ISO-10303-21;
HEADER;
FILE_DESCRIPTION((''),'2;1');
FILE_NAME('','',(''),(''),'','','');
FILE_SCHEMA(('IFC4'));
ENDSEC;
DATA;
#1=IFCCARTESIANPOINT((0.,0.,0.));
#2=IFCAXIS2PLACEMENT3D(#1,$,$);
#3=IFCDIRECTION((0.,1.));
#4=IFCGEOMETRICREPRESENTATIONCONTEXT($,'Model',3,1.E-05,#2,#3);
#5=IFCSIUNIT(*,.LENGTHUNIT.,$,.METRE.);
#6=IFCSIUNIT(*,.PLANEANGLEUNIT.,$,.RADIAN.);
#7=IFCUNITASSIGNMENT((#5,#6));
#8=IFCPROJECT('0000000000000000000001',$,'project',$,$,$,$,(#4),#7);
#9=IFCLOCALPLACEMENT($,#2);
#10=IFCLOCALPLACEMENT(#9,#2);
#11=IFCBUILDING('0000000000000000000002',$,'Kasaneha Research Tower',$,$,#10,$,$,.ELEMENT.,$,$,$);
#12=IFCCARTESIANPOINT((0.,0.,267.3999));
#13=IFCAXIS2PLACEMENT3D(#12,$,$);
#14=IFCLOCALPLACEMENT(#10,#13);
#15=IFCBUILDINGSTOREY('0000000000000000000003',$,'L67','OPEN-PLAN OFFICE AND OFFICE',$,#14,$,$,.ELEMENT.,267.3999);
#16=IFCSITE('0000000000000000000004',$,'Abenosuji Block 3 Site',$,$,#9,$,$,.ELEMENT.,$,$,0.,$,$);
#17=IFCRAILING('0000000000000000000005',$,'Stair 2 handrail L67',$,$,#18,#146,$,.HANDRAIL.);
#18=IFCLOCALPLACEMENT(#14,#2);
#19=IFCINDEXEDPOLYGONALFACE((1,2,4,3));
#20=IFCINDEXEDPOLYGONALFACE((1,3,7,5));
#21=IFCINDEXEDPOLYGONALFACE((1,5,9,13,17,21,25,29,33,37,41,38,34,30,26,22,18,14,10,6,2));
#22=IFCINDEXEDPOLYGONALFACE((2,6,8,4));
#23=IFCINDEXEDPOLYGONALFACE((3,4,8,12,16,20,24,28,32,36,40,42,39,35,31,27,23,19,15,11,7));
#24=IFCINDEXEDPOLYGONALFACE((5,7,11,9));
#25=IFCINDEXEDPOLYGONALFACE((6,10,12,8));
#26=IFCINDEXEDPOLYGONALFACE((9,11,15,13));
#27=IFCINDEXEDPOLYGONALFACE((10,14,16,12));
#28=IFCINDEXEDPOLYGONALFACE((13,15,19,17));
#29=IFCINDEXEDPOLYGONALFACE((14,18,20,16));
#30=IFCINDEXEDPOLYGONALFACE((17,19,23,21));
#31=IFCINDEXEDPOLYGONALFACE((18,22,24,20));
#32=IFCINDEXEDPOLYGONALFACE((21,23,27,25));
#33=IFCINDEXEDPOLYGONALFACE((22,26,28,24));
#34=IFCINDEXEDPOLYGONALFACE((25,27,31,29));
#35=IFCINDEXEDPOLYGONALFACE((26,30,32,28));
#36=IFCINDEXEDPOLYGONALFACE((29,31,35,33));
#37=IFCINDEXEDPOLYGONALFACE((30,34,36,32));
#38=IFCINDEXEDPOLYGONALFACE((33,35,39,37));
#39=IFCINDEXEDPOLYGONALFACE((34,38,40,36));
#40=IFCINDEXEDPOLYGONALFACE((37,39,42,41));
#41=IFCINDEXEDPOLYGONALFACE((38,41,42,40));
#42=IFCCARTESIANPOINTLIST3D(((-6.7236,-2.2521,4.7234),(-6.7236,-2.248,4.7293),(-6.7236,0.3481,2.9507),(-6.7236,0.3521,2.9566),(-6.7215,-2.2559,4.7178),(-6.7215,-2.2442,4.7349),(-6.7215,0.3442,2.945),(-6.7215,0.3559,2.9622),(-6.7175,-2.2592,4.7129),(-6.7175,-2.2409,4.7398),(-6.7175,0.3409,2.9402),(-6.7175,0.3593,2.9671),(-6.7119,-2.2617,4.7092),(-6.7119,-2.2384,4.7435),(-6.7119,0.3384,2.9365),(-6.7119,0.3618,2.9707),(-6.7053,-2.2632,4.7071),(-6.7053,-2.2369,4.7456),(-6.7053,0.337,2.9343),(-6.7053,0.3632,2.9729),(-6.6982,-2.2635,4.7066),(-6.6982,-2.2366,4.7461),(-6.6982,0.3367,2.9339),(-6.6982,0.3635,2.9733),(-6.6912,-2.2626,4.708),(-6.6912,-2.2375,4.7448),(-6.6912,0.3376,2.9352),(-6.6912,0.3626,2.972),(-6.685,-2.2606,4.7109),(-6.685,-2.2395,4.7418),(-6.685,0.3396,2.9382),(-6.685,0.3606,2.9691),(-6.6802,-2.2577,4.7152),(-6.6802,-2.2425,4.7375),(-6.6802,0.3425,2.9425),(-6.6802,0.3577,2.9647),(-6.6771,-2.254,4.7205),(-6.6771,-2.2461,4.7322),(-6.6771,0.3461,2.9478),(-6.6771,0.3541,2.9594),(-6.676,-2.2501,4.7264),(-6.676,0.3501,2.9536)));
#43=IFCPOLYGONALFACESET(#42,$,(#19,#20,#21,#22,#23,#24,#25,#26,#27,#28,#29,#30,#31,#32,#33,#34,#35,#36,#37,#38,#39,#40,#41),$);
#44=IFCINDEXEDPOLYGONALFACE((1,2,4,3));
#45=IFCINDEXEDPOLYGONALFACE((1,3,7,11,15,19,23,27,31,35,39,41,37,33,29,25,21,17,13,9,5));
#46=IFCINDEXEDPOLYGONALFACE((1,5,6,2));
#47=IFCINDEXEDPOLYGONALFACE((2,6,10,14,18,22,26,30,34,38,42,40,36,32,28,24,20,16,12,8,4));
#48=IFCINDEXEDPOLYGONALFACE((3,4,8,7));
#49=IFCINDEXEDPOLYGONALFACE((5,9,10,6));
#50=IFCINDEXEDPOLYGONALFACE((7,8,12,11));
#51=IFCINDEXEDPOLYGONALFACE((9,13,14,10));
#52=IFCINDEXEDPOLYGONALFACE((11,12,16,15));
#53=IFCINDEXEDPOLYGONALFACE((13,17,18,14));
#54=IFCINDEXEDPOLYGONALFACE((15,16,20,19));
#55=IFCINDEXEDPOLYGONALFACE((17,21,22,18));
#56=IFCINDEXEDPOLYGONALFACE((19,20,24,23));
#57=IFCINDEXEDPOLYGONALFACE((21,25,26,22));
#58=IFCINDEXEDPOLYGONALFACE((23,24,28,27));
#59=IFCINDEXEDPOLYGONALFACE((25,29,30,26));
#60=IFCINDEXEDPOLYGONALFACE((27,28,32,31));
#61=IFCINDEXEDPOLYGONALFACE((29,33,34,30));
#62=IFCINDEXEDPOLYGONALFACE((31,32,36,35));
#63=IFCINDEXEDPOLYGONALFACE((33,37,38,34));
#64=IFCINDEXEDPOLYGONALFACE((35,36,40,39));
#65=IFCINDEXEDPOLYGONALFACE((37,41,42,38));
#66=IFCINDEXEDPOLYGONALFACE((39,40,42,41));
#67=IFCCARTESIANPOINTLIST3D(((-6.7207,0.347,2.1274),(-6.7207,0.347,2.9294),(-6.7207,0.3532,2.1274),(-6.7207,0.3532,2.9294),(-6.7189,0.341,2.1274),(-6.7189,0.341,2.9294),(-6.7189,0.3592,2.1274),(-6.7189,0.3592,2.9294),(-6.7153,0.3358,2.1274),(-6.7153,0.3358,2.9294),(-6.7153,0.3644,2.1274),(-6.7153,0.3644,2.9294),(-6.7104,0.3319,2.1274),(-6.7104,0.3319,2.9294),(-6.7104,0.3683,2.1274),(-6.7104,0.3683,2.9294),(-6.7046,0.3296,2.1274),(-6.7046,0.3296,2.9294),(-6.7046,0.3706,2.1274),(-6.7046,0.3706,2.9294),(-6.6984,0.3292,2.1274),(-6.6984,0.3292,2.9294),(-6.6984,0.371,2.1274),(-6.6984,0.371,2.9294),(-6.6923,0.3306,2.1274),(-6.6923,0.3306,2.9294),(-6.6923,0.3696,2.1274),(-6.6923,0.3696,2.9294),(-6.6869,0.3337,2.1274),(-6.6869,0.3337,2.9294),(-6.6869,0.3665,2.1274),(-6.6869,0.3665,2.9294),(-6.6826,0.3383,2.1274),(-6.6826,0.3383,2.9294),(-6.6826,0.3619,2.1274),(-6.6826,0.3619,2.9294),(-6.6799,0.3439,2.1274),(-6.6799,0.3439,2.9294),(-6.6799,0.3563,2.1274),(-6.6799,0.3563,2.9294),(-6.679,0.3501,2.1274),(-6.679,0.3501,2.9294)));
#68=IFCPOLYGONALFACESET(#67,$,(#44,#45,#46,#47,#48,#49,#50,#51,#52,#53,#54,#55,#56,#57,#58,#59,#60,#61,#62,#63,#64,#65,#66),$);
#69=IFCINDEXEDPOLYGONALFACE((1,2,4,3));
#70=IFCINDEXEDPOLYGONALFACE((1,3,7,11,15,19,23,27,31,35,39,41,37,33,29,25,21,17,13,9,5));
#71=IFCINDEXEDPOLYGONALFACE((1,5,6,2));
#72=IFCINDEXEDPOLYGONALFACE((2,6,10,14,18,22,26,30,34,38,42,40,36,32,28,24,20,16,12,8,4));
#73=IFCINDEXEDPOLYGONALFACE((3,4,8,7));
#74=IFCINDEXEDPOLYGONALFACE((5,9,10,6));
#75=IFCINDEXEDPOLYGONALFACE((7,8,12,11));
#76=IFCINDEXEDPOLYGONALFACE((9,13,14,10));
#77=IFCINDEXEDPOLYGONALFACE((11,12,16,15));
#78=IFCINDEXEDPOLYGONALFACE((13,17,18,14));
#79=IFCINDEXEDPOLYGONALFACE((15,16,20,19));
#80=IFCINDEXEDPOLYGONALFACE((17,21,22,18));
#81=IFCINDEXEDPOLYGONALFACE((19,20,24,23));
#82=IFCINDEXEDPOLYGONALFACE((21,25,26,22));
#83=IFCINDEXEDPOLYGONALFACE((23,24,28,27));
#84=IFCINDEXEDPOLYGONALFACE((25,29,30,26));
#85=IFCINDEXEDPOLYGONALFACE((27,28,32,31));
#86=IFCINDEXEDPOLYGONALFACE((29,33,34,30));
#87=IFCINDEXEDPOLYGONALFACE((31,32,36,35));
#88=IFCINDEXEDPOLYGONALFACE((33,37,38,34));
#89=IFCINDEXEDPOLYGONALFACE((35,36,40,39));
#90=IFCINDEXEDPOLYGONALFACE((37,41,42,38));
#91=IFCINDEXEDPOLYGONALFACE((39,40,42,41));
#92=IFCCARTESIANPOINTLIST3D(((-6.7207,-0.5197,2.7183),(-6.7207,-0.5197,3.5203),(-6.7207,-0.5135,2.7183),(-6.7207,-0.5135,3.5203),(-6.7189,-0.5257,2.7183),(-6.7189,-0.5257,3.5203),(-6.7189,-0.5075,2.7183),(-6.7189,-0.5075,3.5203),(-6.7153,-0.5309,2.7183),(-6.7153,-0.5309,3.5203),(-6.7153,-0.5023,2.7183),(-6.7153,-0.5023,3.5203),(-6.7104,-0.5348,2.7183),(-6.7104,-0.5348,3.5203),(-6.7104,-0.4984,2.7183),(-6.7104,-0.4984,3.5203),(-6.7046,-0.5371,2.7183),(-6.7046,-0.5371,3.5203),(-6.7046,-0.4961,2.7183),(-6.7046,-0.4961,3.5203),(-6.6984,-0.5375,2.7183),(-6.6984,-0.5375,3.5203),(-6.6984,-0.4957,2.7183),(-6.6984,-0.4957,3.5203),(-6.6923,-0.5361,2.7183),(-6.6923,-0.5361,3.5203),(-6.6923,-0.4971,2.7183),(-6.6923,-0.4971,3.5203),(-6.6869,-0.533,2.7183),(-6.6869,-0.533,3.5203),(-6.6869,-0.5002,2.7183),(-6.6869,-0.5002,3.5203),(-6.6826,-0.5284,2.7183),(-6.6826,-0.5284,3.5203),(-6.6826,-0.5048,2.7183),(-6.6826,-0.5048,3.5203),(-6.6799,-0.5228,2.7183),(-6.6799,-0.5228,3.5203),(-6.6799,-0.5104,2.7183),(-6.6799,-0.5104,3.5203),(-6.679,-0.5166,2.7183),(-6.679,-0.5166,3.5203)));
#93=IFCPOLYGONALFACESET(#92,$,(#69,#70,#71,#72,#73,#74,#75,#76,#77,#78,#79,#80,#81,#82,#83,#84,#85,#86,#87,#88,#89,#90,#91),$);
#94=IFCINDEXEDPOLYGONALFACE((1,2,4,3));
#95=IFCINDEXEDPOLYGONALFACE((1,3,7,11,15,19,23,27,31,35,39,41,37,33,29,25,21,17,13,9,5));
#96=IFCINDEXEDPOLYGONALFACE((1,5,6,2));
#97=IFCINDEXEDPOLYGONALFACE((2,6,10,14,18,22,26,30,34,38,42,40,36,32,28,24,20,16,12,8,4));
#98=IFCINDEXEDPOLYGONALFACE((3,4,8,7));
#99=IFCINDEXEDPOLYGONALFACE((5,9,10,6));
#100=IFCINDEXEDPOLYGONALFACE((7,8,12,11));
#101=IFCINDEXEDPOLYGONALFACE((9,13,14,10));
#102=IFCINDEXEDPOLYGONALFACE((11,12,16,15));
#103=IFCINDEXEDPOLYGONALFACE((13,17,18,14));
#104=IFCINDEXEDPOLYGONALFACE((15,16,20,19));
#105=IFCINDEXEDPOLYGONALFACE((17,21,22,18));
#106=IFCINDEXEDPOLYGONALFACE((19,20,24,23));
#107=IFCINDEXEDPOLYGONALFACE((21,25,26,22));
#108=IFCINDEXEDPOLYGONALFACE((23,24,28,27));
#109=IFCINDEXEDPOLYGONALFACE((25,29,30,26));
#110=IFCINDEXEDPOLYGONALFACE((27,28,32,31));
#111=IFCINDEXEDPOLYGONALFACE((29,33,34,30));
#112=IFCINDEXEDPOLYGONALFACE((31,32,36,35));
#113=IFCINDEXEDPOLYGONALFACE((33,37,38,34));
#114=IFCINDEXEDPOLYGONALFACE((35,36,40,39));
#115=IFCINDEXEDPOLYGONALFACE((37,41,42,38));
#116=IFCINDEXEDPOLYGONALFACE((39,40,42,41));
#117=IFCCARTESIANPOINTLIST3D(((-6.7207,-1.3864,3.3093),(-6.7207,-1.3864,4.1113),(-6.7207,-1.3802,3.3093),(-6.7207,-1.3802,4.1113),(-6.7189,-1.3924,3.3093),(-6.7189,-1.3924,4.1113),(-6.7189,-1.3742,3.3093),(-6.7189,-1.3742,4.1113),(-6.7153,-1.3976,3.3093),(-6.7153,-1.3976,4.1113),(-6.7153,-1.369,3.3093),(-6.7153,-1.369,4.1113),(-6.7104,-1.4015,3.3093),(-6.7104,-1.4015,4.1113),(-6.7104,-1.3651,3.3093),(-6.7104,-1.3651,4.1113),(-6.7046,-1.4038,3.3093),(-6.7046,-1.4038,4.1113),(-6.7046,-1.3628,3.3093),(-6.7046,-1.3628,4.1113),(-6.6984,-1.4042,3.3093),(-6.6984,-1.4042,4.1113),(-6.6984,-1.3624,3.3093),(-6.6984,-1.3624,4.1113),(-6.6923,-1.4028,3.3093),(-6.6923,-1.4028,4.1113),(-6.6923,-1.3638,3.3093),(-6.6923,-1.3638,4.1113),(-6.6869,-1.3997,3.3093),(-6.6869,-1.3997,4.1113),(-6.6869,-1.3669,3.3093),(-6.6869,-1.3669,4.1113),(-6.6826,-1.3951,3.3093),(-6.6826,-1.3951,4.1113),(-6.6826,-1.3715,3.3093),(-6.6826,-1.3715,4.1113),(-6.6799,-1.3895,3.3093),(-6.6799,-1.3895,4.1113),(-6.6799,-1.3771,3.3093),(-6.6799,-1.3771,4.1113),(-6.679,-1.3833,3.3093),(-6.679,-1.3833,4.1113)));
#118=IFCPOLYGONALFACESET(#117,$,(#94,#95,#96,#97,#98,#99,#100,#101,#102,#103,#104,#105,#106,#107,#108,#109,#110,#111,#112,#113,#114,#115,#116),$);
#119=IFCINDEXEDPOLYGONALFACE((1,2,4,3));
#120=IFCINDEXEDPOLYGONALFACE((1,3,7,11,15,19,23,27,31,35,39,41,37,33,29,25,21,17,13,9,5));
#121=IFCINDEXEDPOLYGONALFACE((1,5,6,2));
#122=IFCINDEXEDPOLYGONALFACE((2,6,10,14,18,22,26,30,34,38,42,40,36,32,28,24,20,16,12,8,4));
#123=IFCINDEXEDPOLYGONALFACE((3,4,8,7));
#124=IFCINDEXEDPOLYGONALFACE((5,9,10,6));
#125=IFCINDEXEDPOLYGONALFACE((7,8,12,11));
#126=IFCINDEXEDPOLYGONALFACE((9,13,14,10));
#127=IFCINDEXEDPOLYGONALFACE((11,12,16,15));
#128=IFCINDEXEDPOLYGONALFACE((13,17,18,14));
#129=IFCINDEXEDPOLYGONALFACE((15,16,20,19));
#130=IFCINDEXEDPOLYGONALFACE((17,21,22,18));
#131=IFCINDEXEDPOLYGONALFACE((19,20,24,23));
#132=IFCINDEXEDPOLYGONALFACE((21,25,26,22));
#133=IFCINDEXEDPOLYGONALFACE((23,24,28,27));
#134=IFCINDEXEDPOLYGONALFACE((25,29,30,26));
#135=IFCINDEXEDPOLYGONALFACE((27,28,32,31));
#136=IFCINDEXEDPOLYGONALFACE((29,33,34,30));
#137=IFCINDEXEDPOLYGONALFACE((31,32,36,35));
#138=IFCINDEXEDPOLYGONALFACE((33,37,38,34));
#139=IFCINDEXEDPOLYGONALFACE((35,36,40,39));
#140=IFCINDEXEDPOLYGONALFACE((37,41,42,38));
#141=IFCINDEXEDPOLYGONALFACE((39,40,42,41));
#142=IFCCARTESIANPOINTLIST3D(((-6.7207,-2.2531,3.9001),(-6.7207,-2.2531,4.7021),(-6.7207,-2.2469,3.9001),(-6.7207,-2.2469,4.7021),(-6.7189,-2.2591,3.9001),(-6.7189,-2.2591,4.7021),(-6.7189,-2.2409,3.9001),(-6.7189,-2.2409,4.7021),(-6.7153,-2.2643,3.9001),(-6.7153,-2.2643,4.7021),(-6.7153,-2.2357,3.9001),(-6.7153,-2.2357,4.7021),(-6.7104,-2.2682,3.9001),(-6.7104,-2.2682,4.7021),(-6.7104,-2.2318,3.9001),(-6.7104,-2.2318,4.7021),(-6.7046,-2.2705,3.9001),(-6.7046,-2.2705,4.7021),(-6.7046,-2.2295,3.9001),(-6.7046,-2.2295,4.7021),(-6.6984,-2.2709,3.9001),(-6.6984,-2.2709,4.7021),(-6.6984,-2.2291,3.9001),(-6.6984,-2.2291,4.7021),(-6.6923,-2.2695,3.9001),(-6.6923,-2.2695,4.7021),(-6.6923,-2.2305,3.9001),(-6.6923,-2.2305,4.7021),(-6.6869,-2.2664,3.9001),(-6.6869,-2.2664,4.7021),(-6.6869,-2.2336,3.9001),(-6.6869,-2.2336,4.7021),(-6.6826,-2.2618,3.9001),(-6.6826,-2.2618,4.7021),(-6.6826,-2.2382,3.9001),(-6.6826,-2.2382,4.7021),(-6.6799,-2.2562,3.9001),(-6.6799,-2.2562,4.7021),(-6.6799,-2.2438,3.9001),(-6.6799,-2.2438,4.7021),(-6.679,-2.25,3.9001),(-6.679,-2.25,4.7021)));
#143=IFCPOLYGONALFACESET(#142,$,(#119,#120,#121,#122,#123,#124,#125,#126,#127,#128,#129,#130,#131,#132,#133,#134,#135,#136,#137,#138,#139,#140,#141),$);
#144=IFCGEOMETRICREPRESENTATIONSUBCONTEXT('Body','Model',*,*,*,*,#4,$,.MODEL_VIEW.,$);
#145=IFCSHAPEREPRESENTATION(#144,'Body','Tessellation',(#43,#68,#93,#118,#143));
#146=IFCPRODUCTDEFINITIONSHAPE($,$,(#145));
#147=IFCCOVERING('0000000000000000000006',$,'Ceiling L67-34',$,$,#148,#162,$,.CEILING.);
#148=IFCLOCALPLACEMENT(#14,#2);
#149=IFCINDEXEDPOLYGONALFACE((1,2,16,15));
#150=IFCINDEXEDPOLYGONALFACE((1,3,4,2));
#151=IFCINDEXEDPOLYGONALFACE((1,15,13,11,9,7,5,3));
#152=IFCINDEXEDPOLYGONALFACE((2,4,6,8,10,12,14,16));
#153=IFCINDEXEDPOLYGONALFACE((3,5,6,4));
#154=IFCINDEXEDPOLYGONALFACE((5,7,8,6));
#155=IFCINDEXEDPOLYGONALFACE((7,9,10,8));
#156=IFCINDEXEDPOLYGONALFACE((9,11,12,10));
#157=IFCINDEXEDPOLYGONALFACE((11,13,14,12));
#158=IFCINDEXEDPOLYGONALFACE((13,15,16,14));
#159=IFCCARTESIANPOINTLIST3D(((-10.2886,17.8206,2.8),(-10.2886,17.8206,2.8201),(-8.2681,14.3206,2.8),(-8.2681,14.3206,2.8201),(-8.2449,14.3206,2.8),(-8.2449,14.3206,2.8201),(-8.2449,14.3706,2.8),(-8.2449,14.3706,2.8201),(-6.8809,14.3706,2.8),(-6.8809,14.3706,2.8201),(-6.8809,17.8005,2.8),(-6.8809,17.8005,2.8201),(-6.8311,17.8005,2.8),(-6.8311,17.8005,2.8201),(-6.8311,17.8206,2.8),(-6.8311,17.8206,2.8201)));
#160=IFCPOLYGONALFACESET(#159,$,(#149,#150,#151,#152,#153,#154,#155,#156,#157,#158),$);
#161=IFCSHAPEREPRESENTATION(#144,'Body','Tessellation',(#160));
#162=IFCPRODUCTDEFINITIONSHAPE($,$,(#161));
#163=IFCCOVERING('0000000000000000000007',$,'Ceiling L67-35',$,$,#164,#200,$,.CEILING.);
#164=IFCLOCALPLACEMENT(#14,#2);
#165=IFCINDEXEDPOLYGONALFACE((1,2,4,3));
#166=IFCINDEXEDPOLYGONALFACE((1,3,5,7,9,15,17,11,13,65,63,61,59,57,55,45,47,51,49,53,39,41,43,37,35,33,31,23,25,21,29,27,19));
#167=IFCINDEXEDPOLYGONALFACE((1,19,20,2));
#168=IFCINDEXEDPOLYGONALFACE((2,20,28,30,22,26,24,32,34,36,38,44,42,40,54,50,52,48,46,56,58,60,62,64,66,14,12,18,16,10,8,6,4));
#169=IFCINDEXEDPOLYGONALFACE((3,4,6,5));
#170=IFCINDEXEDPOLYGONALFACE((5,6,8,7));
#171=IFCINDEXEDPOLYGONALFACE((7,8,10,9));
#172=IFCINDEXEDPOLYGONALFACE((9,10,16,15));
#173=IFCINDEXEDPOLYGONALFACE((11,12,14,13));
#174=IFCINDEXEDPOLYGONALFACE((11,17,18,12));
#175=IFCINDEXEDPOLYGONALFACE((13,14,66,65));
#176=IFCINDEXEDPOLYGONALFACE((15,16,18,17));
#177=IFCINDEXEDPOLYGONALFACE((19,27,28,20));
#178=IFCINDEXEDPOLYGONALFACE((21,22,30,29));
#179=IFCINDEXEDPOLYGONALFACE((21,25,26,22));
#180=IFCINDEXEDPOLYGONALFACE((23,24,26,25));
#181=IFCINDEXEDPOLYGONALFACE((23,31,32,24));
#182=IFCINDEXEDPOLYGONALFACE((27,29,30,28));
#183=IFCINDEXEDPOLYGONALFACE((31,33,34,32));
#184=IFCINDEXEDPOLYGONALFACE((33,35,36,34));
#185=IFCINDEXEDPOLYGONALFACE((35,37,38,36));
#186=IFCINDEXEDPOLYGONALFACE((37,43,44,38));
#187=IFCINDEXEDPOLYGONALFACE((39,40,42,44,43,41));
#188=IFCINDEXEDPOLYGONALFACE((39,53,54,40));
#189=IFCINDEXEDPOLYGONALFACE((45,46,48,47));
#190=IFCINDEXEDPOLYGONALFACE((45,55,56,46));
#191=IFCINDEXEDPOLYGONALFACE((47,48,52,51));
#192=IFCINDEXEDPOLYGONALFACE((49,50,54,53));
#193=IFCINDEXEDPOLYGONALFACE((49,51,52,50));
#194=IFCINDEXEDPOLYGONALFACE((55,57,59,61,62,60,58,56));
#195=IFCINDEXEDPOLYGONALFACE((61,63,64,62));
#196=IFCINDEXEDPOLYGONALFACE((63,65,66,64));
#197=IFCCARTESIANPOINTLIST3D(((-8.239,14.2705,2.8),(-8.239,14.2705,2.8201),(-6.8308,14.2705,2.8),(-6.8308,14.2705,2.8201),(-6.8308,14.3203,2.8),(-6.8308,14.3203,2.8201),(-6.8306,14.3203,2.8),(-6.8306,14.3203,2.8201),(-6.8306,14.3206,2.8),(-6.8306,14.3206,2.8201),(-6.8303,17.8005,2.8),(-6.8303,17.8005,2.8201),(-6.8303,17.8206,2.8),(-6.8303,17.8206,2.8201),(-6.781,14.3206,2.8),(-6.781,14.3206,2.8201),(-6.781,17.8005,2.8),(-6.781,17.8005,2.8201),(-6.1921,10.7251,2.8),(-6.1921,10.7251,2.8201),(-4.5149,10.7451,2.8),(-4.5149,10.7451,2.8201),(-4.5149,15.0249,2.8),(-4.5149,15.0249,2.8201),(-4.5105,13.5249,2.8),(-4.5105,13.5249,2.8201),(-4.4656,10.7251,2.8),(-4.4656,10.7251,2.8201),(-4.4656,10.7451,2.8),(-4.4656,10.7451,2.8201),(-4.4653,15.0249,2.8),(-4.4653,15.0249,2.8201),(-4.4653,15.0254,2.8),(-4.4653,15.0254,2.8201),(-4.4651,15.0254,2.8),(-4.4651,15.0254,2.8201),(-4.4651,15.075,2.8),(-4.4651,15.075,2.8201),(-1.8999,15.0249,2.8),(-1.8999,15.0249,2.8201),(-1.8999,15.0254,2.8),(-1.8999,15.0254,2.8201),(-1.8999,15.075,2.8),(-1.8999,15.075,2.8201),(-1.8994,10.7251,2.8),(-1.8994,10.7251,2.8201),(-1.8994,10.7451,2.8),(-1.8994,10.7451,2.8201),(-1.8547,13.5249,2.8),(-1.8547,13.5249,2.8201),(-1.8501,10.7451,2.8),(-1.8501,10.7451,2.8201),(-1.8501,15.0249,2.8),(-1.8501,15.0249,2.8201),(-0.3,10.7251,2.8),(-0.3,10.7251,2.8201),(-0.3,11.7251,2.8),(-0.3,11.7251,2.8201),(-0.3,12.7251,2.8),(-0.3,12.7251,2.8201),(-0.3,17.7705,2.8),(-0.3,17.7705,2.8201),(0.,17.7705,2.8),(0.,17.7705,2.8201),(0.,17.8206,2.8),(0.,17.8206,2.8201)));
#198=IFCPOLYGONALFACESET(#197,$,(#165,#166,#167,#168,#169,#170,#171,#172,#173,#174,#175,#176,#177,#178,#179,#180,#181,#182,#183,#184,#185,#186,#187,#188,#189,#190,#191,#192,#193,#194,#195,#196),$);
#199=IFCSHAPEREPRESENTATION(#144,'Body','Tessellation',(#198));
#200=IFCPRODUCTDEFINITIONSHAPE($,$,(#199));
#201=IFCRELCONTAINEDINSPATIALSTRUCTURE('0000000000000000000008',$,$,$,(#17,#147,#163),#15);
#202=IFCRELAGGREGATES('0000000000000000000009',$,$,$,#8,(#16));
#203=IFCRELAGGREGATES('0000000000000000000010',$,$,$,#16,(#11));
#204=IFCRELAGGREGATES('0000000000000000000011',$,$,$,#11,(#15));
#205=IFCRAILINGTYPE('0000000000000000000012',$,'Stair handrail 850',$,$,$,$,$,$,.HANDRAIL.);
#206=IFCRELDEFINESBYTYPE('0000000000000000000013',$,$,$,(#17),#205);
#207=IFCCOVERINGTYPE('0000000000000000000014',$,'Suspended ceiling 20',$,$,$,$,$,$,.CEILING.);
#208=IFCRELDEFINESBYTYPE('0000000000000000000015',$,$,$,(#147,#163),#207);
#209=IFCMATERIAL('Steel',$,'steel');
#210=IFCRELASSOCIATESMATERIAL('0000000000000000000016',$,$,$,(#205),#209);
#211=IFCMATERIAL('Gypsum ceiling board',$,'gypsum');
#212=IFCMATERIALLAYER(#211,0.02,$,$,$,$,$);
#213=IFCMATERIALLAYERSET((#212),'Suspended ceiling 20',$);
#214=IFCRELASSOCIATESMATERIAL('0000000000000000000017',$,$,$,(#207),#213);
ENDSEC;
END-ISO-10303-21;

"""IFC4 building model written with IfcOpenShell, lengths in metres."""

from ifc_helpers import new_model, si_unit, direction, frame, origin, origin_2d, place, context, subcontext, project, spatial, polyline, circle, outline, extrude, material, layer, layer_set, type_object, element, save


model = new_model("IFC4")

# Units and contexts
model_context = context("Model", 3, precision=1e-05, world=origin(), true_north=direction((0.0, 1.0)))
body_context = subcontext(model_context, "Body", "Model", "MODEL_VIEW")
ifc_project = project(units=[si_unit("LENGTHUNIT", "METRE"), si_unit("PLANEANGLEUNIT", "RADIAN")], contexts=[model_context])

# Site, building, storey
site_placement = place(None, origin())
site = spatial("IfcSite", under=ifc_project, at=site_placement, Name="Abenosuji Block 3 Site", CompositionType="ELEMENT", RefElevation=0.0)
building_placement = place(site_placement, origin())
building = spatial("IfcBuilding", under=site, at=building_placement, Name="Kasaneha Research Tower", CompositionType="ELEMENT")
storey_placement = place(building_placement, frame((0.0, 0.0, 267.3999)))
storey = spatial("IfcBuildingStorey", under=building, at=storey_placement, Name="L67", Description="OPEN-PLAN OFFICE AND OFFICE", CompositionType="ELEMENT", Elevation=267.3999)

# Railing
ifc_material_1 = material(Name="Steel", Category="steel")
railing_type = type_object("IfcRailingType", Name="Stair handrail 850", PredefinedType="HANDRAIL", material=ifc_material_1)
railing_placement = place(storey_placement, frame((-6.7, 0.3501, 2.1274)))
element("IfcRailing", 1, at=railing_placement, inside=storey, type_object=railing_type, Name="Stair 2 handrail L67", PredefinedType="HANDRAIL", context=body_context, shape_type="SweptSolid", body=[
    extrude(circle(Radius=0.0239, at=origin_2d()), frame((0.0, 0.0, 0.8262), z_axis=(0.0, -0.82624, 0.563318), x_axis=(1.0, 0.0, 0.0)), (0.0, 0.0, 1.0), 3.147),
    extrude(circle(Radius=0.021, at=origin_2d()), origin(), (0.0, 0.0, 1.0), 0.802),
    extrude(circle(Radius=0.021, at=origin_2d()), frame((0.0, -0.8667, 0.5908)), (0.0, 0.0, 1.0), 0.802),
    extrude(circle(Radius=0.021, at=origin_2d()), frame((0.0, -1.7334, 1.1819)), (0.0, 0.0, 1.0), 0.802),
    extrude(circle(Radius=0.021, at=origin_2d()), frame((0.0, -2.6001, 1.7727)), (0.0, 0.0, 1.0), 0.802),
])

# Coverings
ifc_material_2 = material(Name="Gypsum ceiling board", Category="gypsum")
ifc_layer_1 = layer(ifc_material_2, 0.02)
ifc_layer_set_1 = layer_set([ifc_layer_1], Name="Suspended ceiling 20")
covering_type_1 = type_object("IfcCoveringType", Name="Suspended ceiling 20", PredefinedType="CEILING", material=ifc_layer_set_1)
covering_1_placement = place(storey_placement, frame((0.0, 0.0, 2.8)))
element("IfcCovering", 2, at=covering_1_placement, inside=storey, type_object=covering_type_1, Name="Ceiling L67-34", PredefinedType="CEILING", context=body_context, shape_type="SweptSolid", body=[
    extrude(outline(polyline([(-6.8311, 17.8206), (-6.8311, 17.8005), (-6.8809, 17.8005), (-6.8809, 14.3706), (-8.2449, 14.3706), (-8.2449, 14.3206), (-8.2681, 14.3206), (-10.2886, 17.8206), (-6.8311, 17.8206)])), origin(), (0.0, 0.0, 1.0), 0.02),
])
covering_2_placement = place(storey_placement, frame((0.0, 0.0, 2.8)))
element("IfcCovering", 3, at=covering_2_placement, inside=storey, type_object=covering_type_1, Name="Ceiling L67-35", PredefinedType="CEILING", context=body_context, shape_type="SweptSolid", body=[
    extrude(outline(polyline([(-0.3, 11.7251), (-0.3, 10.7251), (-1.8994, 10.7251), (-1.8994, 10.7451), (-1.8501, 10.7451), (-1.8547, 13.5249), (-1.8501, 15.0249), (-1.8999, 15.0249), (-1.8999, 15.0254), (-1.8999, 15.075), (-4.4651, 15.075), (-4.4651, 15.0254), (-4.4653, 15.0254), (-4.4653, 15.0249), (-4.5149, 15.0249), (-4.5105, 13.5249), (-4.5149, 10.7451), (-4.4656, 10.7451), (-4.4656, 10.7251), (-6.1921, 10.7251), (-8.239, 14.2705), (-6.8308, 14.2705), (-6.8308, 14.3203), (-6.8306, 14.3203), (-6.8306, 14.3206), (-6.781, 14.3206), (-6.781, 17.8005), (-6.8303, 17.8005), (-6.8303, 17.8206), (0.0, 17.8206), (0.0, 17.7705), (-0.3, 17.7705), (-0.3, 17.7705), (-0.3, 12.7251), (-0.3, 11.7251)])), origin(), (0.0, 0.0, 1.0), 0.02),
])

save(model, "model.ifc")
